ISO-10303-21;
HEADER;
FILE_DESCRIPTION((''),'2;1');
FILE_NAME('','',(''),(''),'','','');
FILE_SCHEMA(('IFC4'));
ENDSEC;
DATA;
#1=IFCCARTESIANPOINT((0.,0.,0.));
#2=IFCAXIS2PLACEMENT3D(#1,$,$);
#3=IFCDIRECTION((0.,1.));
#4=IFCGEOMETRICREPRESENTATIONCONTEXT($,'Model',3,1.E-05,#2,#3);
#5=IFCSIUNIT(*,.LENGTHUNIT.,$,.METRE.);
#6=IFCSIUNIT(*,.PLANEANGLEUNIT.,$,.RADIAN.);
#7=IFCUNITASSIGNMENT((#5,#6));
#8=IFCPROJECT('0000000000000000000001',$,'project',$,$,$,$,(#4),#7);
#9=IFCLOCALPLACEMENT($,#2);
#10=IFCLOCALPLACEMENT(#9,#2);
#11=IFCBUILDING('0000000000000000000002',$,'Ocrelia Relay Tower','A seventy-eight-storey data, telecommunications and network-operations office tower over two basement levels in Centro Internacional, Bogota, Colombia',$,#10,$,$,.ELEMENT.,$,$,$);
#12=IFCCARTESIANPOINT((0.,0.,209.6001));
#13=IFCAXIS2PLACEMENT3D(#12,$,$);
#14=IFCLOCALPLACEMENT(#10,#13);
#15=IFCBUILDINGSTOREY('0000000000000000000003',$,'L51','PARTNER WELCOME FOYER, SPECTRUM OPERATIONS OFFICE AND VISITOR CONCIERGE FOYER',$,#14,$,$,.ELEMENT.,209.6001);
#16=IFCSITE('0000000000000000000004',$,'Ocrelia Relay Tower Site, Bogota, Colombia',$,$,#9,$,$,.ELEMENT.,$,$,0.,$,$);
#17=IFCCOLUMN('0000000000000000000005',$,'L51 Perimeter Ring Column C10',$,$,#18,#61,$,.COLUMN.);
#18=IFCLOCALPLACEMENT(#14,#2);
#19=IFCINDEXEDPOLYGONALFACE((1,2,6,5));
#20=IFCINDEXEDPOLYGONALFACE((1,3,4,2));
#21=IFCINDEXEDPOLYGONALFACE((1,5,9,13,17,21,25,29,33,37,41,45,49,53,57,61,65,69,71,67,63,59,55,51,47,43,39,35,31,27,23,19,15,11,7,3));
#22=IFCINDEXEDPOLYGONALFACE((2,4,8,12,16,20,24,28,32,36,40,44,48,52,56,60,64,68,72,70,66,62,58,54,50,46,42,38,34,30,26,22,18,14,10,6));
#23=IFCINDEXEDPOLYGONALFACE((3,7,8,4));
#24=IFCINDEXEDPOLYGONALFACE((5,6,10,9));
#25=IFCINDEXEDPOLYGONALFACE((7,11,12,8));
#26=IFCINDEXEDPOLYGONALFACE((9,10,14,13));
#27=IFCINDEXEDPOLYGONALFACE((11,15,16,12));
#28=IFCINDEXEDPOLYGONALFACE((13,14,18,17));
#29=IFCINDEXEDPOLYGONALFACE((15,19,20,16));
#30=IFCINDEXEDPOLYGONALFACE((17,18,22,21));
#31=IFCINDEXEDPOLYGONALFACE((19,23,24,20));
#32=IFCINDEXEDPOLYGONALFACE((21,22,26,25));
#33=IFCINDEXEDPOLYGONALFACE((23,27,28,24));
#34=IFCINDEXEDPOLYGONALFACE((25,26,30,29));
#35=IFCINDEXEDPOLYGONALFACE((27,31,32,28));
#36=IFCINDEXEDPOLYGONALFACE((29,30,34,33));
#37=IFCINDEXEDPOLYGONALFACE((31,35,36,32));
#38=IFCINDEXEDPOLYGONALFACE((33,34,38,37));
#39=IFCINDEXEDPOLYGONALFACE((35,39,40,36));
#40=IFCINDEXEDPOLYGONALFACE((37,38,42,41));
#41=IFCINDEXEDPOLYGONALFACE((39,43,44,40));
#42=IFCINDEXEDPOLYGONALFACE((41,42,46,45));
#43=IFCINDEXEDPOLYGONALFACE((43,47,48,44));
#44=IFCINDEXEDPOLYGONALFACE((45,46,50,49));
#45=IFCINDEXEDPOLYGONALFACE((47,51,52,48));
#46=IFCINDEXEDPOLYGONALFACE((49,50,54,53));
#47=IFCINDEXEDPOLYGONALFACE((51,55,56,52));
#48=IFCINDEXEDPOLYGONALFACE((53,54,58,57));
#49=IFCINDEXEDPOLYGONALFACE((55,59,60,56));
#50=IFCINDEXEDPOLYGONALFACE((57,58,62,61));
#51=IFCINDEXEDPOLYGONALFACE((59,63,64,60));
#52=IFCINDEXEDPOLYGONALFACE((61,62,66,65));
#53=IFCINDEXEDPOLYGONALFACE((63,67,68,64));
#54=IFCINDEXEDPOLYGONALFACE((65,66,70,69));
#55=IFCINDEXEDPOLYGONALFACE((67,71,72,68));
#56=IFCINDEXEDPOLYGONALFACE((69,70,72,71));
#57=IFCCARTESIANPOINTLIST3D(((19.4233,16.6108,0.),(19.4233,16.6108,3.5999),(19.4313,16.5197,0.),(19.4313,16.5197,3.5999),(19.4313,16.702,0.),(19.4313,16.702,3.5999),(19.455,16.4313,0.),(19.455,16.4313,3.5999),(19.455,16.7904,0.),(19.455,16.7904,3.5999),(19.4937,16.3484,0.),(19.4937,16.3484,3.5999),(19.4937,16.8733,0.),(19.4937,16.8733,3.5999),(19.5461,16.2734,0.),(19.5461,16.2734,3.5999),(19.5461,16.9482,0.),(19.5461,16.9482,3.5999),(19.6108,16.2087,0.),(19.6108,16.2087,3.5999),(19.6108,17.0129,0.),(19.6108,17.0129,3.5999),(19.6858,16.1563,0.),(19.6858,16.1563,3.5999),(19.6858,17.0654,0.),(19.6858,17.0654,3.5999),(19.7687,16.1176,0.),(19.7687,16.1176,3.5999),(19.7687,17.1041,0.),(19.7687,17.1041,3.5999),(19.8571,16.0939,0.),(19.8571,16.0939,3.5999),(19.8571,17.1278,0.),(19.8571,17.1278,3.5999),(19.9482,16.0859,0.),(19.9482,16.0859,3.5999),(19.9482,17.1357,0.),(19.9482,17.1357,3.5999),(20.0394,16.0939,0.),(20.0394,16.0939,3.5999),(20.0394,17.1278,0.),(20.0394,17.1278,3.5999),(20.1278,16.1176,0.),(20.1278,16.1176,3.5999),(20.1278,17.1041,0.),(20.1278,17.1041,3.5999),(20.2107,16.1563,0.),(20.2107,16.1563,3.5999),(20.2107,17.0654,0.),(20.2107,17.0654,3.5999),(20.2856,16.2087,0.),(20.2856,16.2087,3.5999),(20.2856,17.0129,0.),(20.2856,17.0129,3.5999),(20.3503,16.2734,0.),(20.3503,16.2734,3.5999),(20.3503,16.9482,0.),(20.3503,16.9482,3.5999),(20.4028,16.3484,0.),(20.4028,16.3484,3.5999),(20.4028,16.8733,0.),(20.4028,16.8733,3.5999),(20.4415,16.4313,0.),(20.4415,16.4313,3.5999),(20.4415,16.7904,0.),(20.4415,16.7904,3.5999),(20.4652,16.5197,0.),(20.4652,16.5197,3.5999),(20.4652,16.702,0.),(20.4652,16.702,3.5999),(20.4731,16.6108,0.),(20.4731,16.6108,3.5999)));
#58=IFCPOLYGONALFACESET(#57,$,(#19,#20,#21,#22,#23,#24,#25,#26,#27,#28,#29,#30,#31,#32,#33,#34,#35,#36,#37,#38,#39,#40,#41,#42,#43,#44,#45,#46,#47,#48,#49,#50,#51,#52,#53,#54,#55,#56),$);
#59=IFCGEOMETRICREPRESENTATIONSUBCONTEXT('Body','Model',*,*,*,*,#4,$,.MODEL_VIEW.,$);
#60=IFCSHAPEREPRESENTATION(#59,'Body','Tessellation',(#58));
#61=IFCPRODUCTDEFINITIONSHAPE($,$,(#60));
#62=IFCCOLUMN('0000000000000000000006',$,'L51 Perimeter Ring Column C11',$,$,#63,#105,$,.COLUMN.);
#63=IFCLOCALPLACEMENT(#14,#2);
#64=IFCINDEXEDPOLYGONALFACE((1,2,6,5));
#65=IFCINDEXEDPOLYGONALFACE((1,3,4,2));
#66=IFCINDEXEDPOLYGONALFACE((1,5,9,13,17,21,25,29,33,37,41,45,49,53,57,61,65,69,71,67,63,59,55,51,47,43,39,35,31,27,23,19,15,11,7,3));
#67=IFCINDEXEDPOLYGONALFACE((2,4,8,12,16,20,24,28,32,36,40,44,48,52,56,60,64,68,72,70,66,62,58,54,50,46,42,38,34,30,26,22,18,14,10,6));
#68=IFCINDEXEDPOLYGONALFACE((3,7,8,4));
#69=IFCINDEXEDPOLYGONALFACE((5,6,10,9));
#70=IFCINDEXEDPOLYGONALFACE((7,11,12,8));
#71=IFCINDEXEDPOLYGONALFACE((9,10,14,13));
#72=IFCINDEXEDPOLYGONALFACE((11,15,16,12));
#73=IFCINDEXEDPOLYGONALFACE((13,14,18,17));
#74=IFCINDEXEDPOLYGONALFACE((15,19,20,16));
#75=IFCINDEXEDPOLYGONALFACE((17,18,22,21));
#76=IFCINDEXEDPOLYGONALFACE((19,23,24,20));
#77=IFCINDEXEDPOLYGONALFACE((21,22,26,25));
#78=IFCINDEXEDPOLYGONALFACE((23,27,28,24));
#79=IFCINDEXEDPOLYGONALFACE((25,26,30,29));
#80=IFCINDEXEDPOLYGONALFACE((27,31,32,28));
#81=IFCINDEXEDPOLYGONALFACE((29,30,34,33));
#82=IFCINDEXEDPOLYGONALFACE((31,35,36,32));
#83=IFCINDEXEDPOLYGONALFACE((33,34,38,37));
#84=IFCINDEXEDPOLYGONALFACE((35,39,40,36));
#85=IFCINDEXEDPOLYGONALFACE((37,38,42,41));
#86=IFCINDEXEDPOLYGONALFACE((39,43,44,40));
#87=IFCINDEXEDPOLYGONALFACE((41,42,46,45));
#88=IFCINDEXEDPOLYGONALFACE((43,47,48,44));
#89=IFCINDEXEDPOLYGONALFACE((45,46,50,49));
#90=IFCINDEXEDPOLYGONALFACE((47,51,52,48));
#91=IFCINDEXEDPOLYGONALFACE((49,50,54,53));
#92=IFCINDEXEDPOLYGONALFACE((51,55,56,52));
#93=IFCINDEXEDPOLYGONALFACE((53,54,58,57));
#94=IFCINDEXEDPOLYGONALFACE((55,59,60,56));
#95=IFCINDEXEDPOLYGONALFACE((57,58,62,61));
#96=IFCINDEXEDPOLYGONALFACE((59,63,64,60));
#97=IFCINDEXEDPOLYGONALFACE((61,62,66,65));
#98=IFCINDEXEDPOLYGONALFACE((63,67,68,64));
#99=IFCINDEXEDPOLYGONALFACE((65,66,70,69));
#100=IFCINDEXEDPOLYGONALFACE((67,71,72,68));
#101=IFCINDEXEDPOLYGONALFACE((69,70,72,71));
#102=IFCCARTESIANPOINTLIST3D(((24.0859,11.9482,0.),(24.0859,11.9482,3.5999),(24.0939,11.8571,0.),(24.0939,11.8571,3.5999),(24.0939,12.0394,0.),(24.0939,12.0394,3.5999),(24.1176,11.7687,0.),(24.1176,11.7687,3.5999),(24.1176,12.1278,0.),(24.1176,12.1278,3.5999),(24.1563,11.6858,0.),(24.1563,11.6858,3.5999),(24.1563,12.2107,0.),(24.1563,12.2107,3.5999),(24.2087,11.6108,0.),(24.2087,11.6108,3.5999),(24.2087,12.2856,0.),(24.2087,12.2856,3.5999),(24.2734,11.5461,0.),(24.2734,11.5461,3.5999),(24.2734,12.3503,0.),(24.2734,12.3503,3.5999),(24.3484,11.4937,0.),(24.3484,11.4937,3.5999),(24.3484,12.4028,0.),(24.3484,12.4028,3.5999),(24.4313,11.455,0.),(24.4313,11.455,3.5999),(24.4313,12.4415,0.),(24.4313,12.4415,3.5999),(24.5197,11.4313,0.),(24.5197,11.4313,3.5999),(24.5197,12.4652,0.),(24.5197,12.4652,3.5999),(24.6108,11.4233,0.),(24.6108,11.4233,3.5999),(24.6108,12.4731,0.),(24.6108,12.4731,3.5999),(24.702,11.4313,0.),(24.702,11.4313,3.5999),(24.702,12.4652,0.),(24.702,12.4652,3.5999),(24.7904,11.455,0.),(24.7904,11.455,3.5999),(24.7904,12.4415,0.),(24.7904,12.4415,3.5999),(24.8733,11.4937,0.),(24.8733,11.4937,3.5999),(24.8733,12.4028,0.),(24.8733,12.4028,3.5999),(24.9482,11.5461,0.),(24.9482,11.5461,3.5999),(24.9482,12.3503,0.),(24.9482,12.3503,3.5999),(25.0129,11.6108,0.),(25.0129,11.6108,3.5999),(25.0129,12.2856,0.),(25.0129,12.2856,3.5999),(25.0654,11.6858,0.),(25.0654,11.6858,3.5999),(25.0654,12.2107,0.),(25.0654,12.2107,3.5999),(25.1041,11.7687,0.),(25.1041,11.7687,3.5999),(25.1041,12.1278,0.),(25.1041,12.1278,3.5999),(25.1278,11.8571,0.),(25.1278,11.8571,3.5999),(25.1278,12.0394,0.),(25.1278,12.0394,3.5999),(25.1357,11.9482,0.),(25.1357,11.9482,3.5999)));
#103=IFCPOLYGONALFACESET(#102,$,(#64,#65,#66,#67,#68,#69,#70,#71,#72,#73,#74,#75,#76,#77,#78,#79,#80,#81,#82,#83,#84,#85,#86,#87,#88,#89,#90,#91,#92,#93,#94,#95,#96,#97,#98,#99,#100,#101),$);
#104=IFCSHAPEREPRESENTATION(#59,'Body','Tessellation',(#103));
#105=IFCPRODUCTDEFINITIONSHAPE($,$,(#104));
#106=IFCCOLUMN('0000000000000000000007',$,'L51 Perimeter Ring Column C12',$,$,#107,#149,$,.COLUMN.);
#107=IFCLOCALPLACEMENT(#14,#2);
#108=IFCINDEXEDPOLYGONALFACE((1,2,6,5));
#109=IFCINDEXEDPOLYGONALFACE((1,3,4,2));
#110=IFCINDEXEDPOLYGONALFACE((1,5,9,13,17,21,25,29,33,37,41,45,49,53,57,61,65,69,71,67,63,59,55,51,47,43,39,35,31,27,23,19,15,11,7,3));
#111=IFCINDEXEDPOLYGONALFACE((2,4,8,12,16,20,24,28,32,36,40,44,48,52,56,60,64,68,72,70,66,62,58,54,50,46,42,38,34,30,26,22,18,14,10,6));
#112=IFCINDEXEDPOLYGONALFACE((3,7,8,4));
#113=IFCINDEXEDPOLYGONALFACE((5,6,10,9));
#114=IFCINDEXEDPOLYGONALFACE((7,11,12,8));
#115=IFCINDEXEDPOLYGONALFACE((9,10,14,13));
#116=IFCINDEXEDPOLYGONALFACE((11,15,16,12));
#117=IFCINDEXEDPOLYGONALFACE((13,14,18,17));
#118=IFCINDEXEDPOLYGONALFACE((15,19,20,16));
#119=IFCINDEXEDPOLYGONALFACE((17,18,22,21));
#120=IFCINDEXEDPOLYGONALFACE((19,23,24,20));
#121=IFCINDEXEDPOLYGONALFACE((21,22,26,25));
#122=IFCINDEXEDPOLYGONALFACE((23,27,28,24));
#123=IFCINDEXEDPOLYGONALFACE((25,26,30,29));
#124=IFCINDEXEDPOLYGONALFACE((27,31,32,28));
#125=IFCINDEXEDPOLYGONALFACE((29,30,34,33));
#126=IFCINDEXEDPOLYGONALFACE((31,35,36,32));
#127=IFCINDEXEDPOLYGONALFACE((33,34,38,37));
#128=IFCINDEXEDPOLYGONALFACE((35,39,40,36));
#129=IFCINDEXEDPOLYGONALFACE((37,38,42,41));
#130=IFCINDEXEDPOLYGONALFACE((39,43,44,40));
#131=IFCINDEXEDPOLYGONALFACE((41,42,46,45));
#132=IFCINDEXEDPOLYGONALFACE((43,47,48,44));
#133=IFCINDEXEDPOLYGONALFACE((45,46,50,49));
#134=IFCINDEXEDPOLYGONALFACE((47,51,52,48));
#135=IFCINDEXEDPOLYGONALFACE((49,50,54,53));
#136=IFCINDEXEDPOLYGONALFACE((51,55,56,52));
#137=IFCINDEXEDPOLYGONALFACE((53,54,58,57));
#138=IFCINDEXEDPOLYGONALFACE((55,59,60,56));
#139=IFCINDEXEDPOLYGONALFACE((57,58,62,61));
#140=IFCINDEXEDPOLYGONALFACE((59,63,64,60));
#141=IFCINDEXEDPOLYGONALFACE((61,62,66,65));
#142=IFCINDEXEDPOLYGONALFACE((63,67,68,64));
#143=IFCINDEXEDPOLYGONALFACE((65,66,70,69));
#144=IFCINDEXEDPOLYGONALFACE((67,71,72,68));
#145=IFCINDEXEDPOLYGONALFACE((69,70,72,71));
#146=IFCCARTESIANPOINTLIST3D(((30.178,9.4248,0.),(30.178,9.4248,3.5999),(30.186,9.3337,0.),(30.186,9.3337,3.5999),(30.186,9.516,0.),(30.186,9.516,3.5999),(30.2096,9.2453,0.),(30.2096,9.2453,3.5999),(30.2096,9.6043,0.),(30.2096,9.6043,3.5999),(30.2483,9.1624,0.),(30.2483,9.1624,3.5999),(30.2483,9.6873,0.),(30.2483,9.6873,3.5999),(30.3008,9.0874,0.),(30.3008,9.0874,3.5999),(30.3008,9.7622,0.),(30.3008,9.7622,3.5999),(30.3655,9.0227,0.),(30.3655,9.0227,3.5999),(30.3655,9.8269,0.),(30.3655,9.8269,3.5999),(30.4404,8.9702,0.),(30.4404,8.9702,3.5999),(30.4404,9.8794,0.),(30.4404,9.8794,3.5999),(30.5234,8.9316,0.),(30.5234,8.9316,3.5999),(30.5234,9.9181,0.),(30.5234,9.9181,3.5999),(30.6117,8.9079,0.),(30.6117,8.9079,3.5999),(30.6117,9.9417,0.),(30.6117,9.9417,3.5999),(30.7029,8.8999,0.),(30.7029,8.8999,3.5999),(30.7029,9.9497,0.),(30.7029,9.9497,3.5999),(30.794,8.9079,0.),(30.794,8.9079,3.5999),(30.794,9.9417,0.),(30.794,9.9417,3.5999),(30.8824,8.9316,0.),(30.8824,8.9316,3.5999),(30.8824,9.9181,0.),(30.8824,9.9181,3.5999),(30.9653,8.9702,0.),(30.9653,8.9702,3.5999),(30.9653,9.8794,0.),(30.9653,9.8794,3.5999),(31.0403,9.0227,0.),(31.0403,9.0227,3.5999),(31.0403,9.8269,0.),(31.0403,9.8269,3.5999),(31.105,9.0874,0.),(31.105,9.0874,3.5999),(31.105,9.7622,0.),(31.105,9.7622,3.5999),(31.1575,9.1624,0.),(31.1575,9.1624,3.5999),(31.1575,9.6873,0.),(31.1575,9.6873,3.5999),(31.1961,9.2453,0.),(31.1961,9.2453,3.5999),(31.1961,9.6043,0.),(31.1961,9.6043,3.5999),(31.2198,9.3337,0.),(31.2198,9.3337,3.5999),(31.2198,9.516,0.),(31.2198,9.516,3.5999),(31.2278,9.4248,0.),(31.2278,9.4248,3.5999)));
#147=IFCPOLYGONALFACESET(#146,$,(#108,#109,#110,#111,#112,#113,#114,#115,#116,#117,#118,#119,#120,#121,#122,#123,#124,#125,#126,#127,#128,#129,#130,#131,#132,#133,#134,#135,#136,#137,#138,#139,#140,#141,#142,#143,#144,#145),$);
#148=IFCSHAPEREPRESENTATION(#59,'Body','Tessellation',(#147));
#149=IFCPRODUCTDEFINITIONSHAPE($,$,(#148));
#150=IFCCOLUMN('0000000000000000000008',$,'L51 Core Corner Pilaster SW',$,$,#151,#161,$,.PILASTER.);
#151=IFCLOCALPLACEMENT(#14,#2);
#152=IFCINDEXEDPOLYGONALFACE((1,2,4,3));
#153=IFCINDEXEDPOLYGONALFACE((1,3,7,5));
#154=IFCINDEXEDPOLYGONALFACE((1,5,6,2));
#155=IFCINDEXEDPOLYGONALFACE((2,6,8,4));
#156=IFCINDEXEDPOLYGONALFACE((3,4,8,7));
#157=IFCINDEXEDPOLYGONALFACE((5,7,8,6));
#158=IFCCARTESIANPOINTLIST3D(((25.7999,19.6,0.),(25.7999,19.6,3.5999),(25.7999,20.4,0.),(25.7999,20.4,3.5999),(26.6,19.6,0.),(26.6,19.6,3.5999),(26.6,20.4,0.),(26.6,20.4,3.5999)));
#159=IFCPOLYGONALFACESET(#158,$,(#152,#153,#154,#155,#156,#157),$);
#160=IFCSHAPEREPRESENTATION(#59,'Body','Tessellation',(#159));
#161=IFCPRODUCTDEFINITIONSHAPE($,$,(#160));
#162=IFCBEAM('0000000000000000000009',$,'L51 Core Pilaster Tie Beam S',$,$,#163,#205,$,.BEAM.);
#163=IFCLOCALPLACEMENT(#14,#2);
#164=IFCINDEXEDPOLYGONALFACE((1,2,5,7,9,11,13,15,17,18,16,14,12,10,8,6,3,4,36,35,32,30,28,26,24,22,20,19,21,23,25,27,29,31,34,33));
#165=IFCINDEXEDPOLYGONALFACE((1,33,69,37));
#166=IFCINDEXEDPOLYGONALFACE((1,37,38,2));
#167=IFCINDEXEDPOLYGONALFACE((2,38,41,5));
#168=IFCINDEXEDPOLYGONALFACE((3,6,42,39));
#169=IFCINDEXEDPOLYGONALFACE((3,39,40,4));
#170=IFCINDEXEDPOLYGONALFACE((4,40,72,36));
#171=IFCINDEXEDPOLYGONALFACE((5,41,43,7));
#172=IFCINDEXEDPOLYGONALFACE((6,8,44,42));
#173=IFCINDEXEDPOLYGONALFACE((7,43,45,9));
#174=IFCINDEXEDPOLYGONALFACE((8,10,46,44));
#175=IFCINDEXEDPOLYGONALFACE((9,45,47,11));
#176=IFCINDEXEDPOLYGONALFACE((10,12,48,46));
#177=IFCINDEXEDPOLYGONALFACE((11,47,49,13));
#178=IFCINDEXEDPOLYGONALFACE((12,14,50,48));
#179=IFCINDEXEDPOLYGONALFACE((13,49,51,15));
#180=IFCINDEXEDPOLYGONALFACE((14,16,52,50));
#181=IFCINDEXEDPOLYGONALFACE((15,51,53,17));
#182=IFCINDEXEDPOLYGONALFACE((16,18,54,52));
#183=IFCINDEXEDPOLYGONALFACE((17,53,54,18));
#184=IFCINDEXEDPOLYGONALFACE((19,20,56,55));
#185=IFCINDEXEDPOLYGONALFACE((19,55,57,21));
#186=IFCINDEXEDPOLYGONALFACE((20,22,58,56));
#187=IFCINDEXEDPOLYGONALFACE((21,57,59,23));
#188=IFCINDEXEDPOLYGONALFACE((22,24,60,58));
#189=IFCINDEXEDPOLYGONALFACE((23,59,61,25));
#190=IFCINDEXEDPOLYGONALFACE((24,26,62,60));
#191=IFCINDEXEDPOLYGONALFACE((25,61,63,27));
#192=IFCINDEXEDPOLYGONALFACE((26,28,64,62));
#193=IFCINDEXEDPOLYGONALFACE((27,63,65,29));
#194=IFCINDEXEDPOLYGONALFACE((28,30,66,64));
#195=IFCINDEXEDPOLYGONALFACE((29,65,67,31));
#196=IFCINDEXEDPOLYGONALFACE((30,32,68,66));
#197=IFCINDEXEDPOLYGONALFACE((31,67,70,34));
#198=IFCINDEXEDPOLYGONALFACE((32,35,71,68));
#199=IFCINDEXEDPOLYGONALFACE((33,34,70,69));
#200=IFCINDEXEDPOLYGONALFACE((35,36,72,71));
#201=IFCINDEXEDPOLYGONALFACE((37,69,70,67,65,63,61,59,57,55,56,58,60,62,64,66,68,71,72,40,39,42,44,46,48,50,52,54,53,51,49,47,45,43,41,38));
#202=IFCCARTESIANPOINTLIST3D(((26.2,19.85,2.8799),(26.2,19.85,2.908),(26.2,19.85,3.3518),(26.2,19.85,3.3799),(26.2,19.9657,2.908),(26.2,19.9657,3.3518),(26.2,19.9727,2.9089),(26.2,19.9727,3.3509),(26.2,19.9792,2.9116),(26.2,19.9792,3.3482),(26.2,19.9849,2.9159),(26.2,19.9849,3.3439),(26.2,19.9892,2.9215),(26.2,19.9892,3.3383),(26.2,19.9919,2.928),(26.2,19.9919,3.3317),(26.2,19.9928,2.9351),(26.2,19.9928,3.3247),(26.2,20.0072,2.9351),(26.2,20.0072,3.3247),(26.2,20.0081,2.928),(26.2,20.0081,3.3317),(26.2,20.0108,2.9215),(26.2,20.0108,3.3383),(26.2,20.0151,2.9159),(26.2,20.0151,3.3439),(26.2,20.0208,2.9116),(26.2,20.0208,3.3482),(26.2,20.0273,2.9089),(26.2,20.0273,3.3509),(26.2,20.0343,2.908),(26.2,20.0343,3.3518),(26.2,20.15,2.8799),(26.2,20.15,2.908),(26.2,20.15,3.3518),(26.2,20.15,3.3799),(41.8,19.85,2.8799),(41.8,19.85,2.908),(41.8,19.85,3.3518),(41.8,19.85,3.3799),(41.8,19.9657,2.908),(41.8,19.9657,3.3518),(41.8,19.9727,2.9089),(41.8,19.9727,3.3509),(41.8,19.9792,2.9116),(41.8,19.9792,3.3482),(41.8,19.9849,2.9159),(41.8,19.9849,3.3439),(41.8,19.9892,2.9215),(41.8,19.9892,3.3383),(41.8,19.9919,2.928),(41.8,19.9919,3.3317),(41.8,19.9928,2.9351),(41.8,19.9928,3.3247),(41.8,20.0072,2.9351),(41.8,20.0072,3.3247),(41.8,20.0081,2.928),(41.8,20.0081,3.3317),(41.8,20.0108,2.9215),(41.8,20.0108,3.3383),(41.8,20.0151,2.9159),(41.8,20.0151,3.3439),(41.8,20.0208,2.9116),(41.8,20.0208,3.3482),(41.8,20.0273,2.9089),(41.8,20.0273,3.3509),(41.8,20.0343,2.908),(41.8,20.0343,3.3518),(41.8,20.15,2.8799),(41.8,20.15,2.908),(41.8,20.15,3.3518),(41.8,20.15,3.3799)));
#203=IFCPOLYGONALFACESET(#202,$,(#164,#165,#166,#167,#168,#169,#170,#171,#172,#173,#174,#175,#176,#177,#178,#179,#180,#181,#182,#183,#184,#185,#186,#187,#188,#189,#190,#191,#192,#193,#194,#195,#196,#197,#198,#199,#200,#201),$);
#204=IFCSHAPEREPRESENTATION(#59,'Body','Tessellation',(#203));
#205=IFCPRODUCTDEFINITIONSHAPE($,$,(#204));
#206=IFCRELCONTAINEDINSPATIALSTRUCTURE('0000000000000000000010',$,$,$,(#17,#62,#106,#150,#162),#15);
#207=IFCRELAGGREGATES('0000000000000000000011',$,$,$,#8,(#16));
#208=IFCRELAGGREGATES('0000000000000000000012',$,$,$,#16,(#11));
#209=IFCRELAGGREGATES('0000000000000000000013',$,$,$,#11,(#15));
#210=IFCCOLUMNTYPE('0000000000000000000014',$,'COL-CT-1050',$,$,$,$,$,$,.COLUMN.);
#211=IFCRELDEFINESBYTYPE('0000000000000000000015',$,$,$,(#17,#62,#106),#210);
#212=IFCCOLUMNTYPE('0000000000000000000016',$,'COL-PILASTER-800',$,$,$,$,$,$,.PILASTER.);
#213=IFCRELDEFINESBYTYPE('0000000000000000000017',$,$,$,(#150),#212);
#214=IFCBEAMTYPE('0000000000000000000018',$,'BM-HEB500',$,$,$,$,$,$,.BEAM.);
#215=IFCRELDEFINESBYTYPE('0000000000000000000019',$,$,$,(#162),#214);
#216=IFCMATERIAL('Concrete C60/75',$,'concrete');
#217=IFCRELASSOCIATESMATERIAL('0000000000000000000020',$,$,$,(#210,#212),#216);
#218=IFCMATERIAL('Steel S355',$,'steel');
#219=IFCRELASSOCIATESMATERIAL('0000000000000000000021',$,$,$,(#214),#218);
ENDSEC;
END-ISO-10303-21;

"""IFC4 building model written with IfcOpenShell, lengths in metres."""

from ifc_helpers import new_model, si_unit, direction, frame, origin, origin_2d, place, context, subcontext, project, spatial, rectangle, circle, i_section, extrude, material, material_profile, profile_set, type_object, element, save


model = new_model("IFC4")

# Units and contexts
model_context = context("Model", 3, precision=1e-05, world=origin(), true_north=direction((0.0, 1.0)))
body_context = subcontext(model_context, "Body", "Model", "MODEL_VIEW")
ifc_project = project(units=[si_unit("LENGTHUNIT", "METRE"), si_unit("PLANEANGLEUNIT", "RADIAN")], contexts=[model_context])

# Site, building, storey
site_placement = place(None, origin())
site = spatial("IfcSite", under=ifc_project, at=site_placement, Name="Ocrelia Relay Tower Site, Bogota, Colombia", CompositionType="ELEMENT", RefElevation=0.0)
building_placement = place(site_placement, origin())
building = spatial("IfcBuilding", under=site, at=building_placement, Name="Ocrelia Relay Tower", Description="A seventy-eight-storey data, telecommunications and network-operations office tower over two basement levels in Centro Internacional, Bogota, Colombia", CompositionType="ELEMENT")
storey_placement = place(building_placement, frame((0.0, 0.0, 209.6001)))
storey = spatial("IfcBuildingStorey", under=building, at=storey_placement, Name="L51", Description="PARTNER WELCOME FOYER, SPECTRUM OPERATIONS OFFICE AND VISITOR CONCIERGE FOYER", CompositionType="ELEMENT", Elevation=209.6001)

# Columns
ifc_material_1 = material(Name="Concrete C60/75", Category="concrete")
ifc_material_profile_1 = material_profile(ifc_material_1, circle(Radius=0.5249, at=origin_2d()), Name="RC-CIR-1050")
ifc_profile_set_1 = profile_set([ifc_material_profile_1], Name="Concrete C60/75")
column_type_1 = type_object("IfcColumnType", Name="COL-CT-1050", PredefinedType="COLUMN", material=ifc_profile_set_1)
for number, where, z_axis, x_axis, name in (
    (1, (19.9482, 16.6108, 0.0), (0.0, 0.0, 1.0), (1.0, 0.0, 0.0), "L51 Perimeter Ring Column C10"),
    (2, (24.6108, 11.9482, 0.0), (0.0, 0.0, 1.0), (1.0, 0.0, 0.0), "L51 Perimeter Ring Column C11"),
    (3, (30.7029, 9.4248, 0.0), (0.0, 0.0, 1.0), (1.0, 0.0, 0.0), "L51 Perimeter Ring Column C12"),
):
    element("IfcColumn", number, at=place(storey_placement, frame(where, z_axis=z_axis, x_axis=x_axis)), inside=storey, type_object=column_type_1, Name=name, PredefinedType="COLUMN", context=body_context, shape_type="SweptSolid", body=[
        extrude(circle(Radius=0.5249, at=origin_2d()), origin(), (0.0, 0.0, 1.0), 3.5999),
    ])
ifc_material_profile_2 = material_profile(ifc_material_1, rectangle(XDim=0.8, YDim=0.8, at=origin_2d()), Name="RC-COL-800x800")
ifc_profile_set_2 = profile_set([ifc_material_profile_2], Name="Concrete C60/75")
column_type_2 = type_object("IfcColumnType", Name="COL-PILASTER-800", PredefinedType="PILASTER", material=ifc_profile_set_2)
column_placement = place(storey_placement, frame((26.2, 20.0, 0.0), z_axis=(0.0, 0.0, 1.0), x_axis=(1.0, 0.0, 0.0)))
element("IfcColumn", 4, at=column_placement, inside=storey, type_object=column_type_2, Name="L51 Core Corner Pilaster SW", PredefinedType="PILASTER", context=body_context, shape_type="SweptSolid", body=[
    extrude(rectangle(XDim=0.8, YDim=0.8, at=origin_2d()), origin(), (0.0, 0.0, 1.0), 3.5999),
])

# Beam
ifc_material_2 = material(Name="Steel S355", Category="steel")
ifc_material_profile_3 = material_profile(ifc_material_2, i_section(OverallWidth=0.3, OverallDepth=0.5, WebThickness=0.0144, FlangeThickness=0.0281, FilletRadius=0.0271, at=origin_2d()), Name="HEB 500")
ifc_profile_set_3 = profile_set([ifc_material_profile_3], Name="Steel S355")
beam_type_1 = type_object("IfcBeamType", Name="BM-HEB500", PredefinedType="BEAM", material=ifc_profile_set_3)
beam_1_placement = place(storey_placement, frame((26.2, 20.0, 3.1299), z_axis=(1.0, 0.0, 0.0), x_axis=(0.0, 1.0, 0.0)))
element("IfcBeam", 5, at=beam_1_placement, inside=storey, type_object=beam_type_1, Name="L51 Core Pilaster Tie Beam S", PredefinedType="BEAM", context=body_context, shape_type="SweptSolid", body=[
    extrude(i_section(OverallWidth=0.3, OverallDepth=0.5, WebThickness=0.0144, FlangeThickness=0.0281, FilletRadius=0.0271, at=origin_2d()), origin(), (0.0, 0.0, 1.0), 15.6001),
])

save(model, "model.ifc")
